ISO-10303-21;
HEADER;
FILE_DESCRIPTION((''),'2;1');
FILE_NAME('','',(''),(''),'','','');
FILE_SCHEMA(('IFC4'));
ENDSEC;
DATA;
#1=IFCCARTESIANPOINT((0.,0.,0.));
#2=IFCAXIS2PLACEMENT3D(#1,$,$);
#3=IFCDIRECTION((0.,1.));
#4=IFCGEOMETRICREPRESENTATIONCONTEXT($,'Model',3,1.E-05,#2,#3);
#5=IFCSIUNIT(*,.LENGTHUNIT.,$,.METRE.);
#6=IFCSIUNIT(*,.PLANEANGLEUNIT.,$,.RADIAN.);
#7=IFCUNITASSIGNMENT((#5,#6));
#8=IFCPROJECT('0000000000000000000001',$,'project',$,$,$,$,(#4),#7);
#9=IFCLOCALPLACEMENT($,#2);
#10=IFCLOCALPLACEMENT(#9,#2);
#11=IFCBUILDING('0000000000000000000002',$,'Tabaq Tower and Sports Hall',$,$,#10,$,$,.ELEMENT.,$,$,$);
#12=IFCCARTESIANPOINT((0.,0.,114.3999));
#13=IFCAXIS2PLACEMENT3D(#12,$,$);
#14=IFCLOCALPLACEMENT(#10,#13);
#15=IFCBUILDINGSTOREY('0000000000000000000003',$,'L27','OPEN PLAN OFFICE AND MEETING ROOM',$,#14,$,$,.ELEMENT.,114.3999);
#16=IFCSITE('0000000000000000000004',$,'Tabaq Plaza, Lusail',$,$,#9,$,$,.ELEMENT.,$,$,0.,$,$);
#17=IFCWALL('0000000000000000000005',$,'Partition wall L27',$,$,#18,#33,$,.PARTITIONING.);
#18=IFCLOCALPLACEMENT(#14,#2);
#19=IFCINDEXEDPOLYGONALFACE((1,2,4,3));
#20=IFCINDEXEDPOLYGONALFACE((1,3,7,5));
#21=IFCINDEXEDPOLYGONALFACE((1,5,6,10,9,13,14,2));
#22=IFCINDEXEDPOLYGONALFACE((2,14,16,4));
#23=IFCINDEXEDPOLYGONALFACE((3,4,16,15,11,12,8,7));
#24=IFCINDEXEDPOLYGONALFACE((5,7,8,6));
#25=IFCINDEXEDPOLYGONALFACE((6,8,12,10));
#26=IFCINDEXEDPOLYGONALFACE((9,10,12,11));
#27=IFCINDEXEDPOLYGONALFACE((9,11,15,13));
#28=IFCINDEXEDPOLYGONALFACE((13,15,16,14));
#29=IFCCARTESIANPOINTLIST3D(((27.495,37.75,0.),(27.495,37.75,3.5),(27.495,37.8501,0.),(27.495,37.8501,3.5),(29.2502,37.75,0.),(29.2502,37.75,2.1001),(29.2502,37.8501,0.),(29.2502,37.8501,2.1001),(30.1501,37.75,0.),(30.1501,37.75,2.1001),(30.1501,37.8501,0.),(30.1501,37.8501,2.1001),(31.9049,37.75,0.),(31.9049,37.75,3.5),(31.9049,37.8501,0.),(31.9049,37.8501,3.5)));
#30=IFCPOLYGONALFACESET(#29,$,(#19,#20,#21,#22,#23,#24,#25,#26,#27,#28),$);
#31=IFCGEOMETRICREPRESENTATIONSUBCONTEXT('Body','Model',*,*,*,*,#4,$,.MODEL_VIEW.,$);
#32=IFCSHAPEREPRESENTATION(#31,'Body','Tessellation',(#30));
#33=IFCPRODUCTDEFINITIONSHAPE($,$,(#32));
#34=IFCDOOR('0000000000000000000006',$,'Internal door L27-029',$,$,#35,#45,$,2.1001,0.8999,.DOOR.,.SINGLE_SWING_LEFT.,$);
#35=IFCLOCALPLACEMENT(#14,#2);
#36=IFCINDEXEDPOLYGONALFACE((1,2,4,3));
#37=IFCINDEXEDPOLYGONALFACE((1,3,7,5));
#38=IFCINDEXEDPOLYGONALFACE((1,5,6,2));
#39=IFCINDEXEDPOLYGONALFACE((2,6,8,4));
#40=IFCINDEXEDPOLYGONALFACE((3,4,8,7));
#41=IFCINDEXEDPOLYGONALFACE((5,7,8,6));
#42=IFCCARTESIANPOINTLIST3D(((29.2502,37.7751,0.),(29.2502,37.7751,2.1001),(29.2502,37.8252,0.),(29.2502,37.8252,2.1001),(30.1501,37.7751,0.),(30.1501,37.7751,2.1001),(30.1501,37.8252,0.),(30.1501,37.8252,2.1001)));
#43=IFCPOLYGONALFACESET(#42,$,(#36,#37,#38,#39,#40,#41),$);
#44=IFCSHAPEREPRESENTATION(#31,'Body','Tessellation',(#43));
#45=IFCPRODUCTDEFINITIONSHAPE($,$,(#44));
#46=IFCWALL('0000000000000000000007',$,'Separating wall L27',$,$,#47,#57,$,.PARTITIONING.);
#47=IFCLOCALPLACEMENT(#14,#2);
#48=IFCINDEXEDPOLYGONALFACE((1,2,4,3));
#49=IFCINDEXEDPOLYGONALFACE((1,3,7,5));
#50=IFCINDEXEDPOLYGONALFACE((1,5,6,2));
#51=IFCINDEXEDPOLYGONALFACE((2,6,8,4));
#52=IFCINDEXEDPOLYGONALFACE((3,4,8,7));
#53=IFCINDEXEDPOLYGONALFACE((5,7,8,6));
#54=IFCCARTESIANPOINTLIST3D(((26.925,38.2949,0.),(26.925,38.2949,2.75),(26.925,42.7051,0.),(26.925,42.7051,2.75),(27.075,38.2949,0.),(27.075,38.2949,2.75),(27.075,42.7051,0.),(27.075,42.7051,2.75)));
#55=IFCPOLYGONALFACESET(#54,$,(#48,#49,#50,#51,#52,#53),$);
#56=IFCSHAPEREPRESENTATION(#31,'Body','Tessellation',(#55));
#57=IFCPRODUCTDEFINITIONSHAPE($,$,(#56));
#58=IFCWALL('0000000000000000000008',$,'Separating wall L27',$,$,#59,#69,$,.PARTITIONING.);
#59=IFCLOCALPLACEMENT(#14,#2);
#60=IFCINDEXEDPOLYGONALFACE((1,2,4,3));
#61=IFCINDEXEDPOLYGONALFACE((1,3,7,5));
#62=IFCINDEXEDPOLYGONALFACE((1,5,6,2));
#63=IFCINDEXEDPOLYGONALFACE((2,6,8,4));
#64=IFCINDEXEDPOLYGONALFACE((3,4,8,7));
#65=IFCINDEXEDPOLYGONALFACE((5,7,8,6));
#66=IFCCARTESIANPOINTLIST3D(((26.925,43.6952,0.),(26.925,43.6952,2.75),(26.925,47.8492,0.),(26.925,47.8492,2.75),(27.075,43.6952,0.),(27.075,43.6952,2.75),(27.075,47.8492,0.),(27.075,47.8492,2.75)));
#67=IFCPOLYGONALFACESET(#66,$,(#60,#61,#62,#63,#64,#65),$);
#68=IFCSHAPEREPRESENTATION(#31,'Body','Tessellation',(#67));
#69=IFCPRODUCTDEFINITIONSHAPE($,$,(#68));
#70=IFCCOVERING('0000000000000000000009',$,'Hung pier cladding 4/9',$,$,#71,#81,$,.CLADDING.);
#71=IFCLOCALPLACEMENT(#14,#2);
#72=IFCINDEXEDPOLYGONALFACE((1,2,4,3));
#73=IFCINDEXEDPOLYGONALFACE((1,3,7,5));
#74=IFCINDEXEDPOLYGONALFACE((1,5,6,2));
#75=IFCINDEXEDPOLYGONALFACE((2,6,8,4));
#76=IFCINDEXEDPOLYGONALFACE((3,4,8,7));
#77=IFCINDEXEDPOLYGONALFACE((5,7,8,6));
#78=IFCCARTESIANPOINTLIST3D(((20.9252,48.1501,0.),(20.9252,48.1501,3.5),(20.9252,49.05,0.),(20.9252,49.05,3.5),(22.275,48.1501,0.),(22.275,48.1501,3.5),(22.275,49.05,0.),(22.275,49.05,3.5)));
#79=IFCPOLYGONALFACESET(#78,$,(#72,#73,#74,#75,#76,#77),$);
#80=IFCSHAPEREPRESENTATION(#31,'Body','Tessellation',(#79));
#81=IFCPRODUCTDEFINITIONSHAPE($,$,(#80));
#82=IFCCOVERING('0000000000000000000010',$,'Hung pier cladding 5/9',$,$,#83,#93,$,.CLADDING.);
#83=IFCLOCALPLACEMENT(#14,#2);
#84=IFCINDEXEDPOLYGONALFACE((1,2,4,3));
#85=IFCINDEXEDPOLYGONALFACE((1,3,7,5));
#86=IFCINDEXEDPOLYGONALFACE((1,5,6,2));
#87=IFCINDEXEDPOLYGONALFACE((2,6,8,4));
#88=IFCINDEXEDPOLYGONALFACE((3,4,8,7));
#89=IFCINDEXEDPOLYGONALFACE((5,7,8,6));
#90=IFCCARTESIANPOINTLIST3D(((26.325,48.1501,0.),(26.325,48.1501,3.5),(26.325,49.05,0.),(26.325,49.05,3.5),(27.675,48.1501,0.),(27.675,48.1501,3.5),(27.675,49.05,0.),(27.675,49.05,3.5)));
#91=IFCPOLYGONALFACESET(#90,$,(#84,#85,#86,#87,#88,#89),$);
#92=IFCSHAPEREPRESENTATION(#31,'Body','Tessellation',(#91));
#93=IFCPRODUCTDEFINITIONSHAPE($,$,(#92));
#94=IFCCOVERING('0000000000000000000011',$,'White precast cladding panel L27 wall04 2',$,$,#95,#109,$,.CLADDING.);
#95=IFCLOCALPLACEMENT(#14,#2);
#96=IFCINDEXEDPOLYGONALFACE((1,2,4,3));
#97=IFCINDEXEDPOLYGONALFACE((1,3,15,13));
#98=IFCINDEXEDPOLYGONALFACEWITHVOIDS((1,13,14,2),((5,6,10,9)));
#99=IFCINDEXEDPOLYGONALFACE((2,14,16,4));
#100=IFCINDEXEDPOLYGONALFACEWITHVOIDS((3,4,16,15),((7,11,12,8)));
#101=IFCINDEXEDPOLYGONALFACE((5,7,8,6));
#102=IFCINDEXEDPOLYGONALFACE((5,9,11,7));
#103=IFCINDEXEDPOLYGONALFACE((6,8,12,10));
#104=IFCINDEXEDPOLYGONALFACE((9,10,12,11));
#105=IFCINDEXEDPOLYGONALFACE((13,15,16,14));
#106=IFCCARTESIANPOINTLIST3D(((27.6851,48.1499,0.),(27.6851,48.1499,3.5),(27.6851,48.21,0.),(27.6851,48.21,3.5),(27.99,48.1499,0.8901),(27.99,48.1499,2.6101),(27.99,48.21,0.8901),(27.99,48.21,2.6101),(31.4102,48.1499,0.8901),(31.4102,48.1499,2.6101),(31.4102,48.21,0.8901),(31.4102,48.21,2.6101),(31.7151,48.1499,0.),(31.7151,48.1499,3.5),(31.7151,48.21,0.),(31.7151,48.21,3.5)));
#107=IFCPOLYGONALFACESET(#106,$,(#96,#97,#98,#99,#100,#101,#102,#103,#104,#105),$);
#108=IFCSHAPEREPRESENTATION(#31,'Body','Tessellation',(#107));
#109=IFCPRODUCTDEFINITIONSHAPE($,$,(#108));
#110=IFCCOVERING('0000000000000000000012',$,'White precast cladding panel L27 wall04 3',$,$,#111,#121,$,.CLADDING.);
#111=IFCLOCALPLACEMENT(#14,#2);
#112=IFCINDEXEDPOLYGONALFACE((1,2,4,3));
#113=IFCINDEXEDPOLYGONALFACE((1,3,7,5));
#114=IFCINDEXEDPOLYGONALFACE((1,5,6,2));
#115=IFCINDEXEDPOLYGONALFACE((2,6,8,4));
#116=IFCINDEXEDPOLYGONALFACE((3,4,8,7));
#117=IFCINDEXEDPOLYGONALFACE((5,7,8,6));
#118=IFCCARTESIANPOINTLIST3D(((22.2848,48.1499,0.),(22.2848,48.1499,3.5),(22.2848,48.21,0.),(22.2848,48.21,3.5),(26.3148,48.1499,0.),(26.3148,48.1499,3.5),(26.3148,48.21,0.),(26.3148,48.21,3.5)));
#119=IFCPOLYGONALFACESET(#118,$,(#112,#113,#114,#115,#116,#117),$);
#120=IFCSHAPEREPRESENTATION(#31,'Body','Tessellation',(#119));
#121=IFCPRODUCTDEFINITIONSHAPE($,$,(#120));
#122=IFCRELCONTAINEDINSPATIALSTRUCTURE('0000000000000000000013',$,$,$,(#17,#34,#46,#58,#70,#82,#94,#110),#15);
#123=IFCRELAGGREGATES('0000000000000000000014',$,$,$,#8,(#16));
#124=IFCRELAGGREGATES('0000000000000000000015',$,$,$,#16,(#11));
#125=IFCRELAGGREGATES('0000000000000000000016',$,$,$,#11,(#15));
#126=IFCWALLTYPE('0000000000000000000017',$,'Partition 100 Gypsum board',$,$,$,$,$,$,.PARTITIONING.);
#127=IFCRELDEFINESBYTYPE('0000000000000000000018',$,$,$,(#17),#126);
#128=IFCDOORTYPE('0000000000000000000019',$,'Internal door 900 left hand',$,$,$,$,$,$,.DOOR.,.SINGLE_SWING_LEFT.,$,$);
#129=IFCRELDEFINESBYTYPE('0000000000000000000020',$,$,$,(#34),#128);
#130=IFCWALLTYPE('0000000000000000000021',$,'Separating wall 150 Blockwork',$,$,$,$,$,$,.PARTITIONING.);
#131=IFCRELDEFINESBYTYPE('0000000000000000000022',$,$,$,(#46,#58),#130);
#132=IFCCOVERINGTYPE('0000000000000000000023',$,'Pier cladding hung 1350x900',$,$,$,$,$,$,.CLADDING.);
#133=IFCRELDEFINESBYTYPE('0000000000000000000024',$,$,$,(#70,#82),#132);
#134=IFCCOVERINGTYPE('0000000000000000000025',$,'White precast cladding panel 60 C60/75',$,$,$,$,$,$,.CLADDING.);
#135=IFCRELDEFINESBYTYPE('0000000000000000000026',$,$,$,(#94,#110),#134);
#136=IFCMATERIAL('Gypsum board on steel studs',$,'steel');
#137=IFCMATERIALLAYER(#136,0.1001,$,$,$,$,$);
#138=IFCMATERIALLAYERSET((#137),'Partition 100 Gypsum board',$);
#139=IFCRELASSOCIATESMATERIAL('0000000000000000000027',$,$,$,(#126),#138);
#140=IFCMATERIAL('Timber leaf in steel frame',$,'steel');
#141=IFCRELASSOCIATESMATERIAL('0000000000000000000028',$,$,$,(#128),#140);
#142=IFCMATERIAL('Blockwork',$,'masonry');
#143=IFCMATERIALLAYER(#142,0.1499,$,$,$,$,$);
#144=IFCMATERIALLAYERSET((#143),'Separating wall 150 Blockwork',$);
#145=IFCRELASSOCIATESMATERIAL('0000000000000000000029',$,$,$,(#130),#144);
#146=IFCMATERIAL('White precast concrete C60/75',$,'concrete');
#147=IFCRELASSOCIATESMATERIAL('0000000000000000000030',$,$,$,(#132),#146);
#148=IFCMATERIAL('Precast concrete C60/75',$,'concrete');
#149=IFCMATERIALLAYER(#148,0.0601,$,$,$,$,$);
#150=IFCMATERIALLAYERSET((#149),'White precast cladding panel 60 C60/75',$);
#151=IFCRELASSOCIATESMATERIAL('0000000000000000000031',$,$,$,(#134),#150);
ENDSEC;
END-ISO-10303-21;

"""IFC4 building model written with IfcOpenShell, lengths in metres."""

from ifc_helpers import new_model, si_unit, direction, frame, frame_2d, origin, place, context, subcontext, project, spatial, polyline, rectangle, outline, extrude, material, layer, layer_set, type_object, element, fill, save


model = new_model("IFC4")

# Units and contexts
model_context = context("Model", 3, precision=1e-05, world=origin(), true_north=direction((0.0, 1.0)))
body_context = subcontext(model_context, "Body", "Model", "MODEL_VIEW")
ifc_project = project(units=[si_unit("LENGTHUNIT", "METRE"), si_unit("PLANEANGLEUNIT", "RADIAN")], contexts=[model_context])

# Site, building, storey
site_placement = place(None, origin())
site = spatial("IfcSite", under=ifc_project, at=site_placement, Name="Tabaq Plaza, Lusail", CompositionType="ELEMENT", RefElevation=0.0)
building_placement = place(site_placement, origin())
building = spatial("IfcBuilding", under=site, at=building_placement, Name="Tabaq Tower and Sports Hall", CompositionType="ELEMENT")
storey_placement = place(building_placement, frame((0.0, 0.0, 114.3999)))
storey = spatial("IfcBuildingStorey", under=building, at=storey_placement, Name="L27", Description="OPEN PLAN OFFICE AND MEETING ROOM", CompositionType="ELEMENT", Elevation=114.3999)

# Shared definitions
ifc_material_1 = material(Name="Gypsum board on steel studs", Category="steel")
ifc_layer_1 = layer(ifc_material_1, 0.1001)
ifc_layer_set_1 = layer_set([ifc_layer_1], Name="Partition 100 Gypsum board")
wall_type_1 = type_object("IfcWallType", Name="Partition 100 Gypsum board", PredefinedType="PARTITIONING", material=ifc_layer_set_1)
ifc_material_2 = material(Name="Timber leaf in steel frame", Category="steel")
door_type = type_object("IfcDoorType", Name="Internal door 900 left hand", OperationType="SINGLE_SWING_LEFT", PredefinedType="DOOR", material=ifc_material_2)

# Wall, opening, door
wall_1_placement = place(storey_placement, frame((31.905, 37.8, 0.0), z_axis=(0.0, 0.0, 1.0), x_axis=(-1.0, 0.0, 0.0)))
wall_1 = element("IfcWall", 1, at=wall_1_placement, inside=storey, type_object=wall_type_1, Name="Partition wall L27", PredefinedType="PARTITIONING", context=body_context, shape_type="SweptSolid", body=[
    extrude(rectangle(XDim=4.4099, YDim=0.1001, at=frame_2d((2.2051, 0.0))), origin(), (0.0, 0.0, 1.0), 3.5),
])
opening_1_placement = place(wall_1_placement, frame((1.7549, 0.0, 0.0)))
opening_1 = element("IfcOpeningElement", 2, at=opening_1_placement, cuts=wall_1, PredefinedType="OPENING", context=body_context, shape_type="SweptSolid", body=[
    extrude(rectangle(XDim=0.8999, YDim=2.1001, at=frame_2d((0.45, 1.05))), frame((0.0, 0.05, 0.0), z_axis=(0.0, -1.0, 0.0), x_axis=(1.0, 0.0, 0.0)), (0.0, 0.0, 1.0), 0.1001),
])
door_1_placement = place(opening_1_placement, origin())
door_1 = element("IfcDoor", 3, at=door_1_placement, inside=storey, type_object=door_type, Name="Internal door L27-029", OperationType="SINGLE_SWING_LEFT", OverallHeight=2.1001, OverallWidth=0.8999, PredefinedType="DOOR", context=body_context, shape_type="SweptSolid", body=[
    extrude(rectangle(XDim=0.8999, YDim=2.1001, at=frame_2d((0.45, 1.05))), frame((0.0, 0.0249, 0.0), z_axis=(0.0, -1.0, 0.0), x_axis=(1.0, 0.0, 0.0)), (0.0, 0.0, 1.0), 0.05),
])
fill(opening_1, door_1)

# Walls
ifc_material_3 = material(Name="Blockwork", Category="masonry")
ifc_layer_2 = layer(ifc_material_3, 0.1499)
ifc_layer_set_2 = layer_set([ifc_layer_2], Name="Separating wall 150 Blockwork")
wall_type_2 = type_object("IfcWallType", Name="Separating wall 150 Blockwork", PredefinedType="PARTITIONING", material=ifc_layer_set_2)
wall_2_placement = place(storey_placement, frame((27.0, 38.2949, 0.0), z_axis=(0.0, 0.0, 1.0), x_axis=(0.0, 1.0, 0.0)))
element("IfcWall", 4, at=wall_2_placement, inside=storey, type_object=wall_type_2, Name="Separating wall L27", PredefinedType="PARTITIONING", context=body_context, shape_type="SweptSolid", body=[
    extrude(rectangle(XDim=4.4102, YDim=0.1499, at=frame_2d((2.2051, 0.0))), origin(), (0.0, 0.0, 1.0), 2.75),
])
wall_3_placement = place(storey_placement, frame((27.0, 43.6951, 0.0), z_axis=(0.0, 0.0, 1.0), x_axis=(0.0, 1.0, 0.0)))
element("IfcWall", 5, at=wall_3_placement, inside=storey, type_object=wall_type_2, Name="Separating wall L27", PredefinedType="PARTITIONING", context=body_context, shape_type="SweptSolid", body=[
    extrude(rectangle(XDim=4.1541, YDim=0.1499, at=frame_2d((2.0771, 0.0))), origin(), (0.0, 0.0, 1.0), 2.75),
])

# Coverings
ifc_material_4 = material(Name="White precast concrete C60/75", Category="concrete")
covering_type_1 = type_object("IfcCoveringType", Name="Pier cladding hung 1350x900", PredefinedType="CLADDING", material=ifc_material_4)
covering_1_placement = place(storey_placement, frame((22.2749, 48.6001, 0.0), z_axis=(0.0, 0.0, 1.0), x_axis=(-1.0, 0.0, 0.0)))
element("IfcCovering", 6, at=covering_1_placement, inside=storey, type_object=covering_type_1, Name="Hung pier cladding 4/9", PredefinedType="CLADDING", context=body_context, shape_type="SweptSolid", body=[
    extrude(rectangle(XDim=1.3499, YDim=0.8999, at=frame_2d((0.6748, 0.0))), origin(), (0.0, 0.0, 1.0), 3.5),
])
covering_2_placement = place(storey_placement, frame((27.675, 48.6001, 0.0), z_axis=(0.0, 0.0, 1.0), x_axis=(-1.0, 0.0, 0.0)))
element("IfcCovering", 7, at=covering_2_placement, inside=storey, type_object=covering_type_1, Name="Hung pier cladding 5/9", PredefinedType="CLADDING", context=body_context, shape_type="SweptSolid", body=[
    extrude(rectangle(XDim=1.3501, YDim=0.8999, at=frame_2d((0.675, 0.0))), origin(), (0.0, 0.0, 1.0), 3.5),
])
ifc_material_5 = material(Name="Precast concrete C60/75", Category="concrete")
ifc_layer_3 = layer(ifc_material_5, 0.0601)
ifc_layer_set_3 = layer_set([ifc_layer_3], Name="White precast cladding panel 60 C60/75")
covering_type_2 = type_object("IfcCoveringType", Name="White precast cladding panel 60 C60/75", PredefinedType="CLADDING", material=ifc_layer_set_3)
covering_3_placement = place(storey_placement, frame((31.7151, 48.1799, 0.0), z_axis=(0.0, 0.0, 1.0), x_axis=(-1.0, 0.0, 0.0)))
element("IfcCovering", 8, at=covering_3_placement, inside=storey, type_object=covering_type_2, Name="White precast cladding panel L27 wall04 2", PredefinedType="CLADDING", context=body_context, shape_type="SweptSolid", body=[
    extrude(outline(polyline([(0.0, 0.0), (4.03, 0.0), (4.03, 3.5), (0.0, 3.5), (0.0, 0.0)]), holes=[polyline([(0.3049, 0.8901), (0.3049, 2.6101), (3.7251, 2.6101), (3.7251, 0.8901), (0.3049, 0.8901)])]), frame((0.0, 0.03, 0.0), z_axis=(0.0, -1.0, 0.0), x_axis=(1.0, 0.0, 0.0)), (0.0, 0.0, 1.0), 0.0601),
])
covering_4_placement = place(storey_placement, frame((26.3149, 48.1799, 0.0), z_axis=(0.0, 0.0, 1.0), x_axis=(-1.0, 0.0, 0.0)))
element("IfcCovering", 9, at=covering_4_placement, inside=storey, type_object=covering_type_2, Name="White precast cladding panel L27 wall04 3", PredefinedType="CLADDING", context=body_context, shape_type="SweptSolid", body=[
    extrude(rectangle(XDim=4.03, YDim=0.0601, at=frame_2d((2.0151, 0.0))), origin(), (0.0, 0.0, 1.0), 3.5),
])

save(model, "model.ifc")
